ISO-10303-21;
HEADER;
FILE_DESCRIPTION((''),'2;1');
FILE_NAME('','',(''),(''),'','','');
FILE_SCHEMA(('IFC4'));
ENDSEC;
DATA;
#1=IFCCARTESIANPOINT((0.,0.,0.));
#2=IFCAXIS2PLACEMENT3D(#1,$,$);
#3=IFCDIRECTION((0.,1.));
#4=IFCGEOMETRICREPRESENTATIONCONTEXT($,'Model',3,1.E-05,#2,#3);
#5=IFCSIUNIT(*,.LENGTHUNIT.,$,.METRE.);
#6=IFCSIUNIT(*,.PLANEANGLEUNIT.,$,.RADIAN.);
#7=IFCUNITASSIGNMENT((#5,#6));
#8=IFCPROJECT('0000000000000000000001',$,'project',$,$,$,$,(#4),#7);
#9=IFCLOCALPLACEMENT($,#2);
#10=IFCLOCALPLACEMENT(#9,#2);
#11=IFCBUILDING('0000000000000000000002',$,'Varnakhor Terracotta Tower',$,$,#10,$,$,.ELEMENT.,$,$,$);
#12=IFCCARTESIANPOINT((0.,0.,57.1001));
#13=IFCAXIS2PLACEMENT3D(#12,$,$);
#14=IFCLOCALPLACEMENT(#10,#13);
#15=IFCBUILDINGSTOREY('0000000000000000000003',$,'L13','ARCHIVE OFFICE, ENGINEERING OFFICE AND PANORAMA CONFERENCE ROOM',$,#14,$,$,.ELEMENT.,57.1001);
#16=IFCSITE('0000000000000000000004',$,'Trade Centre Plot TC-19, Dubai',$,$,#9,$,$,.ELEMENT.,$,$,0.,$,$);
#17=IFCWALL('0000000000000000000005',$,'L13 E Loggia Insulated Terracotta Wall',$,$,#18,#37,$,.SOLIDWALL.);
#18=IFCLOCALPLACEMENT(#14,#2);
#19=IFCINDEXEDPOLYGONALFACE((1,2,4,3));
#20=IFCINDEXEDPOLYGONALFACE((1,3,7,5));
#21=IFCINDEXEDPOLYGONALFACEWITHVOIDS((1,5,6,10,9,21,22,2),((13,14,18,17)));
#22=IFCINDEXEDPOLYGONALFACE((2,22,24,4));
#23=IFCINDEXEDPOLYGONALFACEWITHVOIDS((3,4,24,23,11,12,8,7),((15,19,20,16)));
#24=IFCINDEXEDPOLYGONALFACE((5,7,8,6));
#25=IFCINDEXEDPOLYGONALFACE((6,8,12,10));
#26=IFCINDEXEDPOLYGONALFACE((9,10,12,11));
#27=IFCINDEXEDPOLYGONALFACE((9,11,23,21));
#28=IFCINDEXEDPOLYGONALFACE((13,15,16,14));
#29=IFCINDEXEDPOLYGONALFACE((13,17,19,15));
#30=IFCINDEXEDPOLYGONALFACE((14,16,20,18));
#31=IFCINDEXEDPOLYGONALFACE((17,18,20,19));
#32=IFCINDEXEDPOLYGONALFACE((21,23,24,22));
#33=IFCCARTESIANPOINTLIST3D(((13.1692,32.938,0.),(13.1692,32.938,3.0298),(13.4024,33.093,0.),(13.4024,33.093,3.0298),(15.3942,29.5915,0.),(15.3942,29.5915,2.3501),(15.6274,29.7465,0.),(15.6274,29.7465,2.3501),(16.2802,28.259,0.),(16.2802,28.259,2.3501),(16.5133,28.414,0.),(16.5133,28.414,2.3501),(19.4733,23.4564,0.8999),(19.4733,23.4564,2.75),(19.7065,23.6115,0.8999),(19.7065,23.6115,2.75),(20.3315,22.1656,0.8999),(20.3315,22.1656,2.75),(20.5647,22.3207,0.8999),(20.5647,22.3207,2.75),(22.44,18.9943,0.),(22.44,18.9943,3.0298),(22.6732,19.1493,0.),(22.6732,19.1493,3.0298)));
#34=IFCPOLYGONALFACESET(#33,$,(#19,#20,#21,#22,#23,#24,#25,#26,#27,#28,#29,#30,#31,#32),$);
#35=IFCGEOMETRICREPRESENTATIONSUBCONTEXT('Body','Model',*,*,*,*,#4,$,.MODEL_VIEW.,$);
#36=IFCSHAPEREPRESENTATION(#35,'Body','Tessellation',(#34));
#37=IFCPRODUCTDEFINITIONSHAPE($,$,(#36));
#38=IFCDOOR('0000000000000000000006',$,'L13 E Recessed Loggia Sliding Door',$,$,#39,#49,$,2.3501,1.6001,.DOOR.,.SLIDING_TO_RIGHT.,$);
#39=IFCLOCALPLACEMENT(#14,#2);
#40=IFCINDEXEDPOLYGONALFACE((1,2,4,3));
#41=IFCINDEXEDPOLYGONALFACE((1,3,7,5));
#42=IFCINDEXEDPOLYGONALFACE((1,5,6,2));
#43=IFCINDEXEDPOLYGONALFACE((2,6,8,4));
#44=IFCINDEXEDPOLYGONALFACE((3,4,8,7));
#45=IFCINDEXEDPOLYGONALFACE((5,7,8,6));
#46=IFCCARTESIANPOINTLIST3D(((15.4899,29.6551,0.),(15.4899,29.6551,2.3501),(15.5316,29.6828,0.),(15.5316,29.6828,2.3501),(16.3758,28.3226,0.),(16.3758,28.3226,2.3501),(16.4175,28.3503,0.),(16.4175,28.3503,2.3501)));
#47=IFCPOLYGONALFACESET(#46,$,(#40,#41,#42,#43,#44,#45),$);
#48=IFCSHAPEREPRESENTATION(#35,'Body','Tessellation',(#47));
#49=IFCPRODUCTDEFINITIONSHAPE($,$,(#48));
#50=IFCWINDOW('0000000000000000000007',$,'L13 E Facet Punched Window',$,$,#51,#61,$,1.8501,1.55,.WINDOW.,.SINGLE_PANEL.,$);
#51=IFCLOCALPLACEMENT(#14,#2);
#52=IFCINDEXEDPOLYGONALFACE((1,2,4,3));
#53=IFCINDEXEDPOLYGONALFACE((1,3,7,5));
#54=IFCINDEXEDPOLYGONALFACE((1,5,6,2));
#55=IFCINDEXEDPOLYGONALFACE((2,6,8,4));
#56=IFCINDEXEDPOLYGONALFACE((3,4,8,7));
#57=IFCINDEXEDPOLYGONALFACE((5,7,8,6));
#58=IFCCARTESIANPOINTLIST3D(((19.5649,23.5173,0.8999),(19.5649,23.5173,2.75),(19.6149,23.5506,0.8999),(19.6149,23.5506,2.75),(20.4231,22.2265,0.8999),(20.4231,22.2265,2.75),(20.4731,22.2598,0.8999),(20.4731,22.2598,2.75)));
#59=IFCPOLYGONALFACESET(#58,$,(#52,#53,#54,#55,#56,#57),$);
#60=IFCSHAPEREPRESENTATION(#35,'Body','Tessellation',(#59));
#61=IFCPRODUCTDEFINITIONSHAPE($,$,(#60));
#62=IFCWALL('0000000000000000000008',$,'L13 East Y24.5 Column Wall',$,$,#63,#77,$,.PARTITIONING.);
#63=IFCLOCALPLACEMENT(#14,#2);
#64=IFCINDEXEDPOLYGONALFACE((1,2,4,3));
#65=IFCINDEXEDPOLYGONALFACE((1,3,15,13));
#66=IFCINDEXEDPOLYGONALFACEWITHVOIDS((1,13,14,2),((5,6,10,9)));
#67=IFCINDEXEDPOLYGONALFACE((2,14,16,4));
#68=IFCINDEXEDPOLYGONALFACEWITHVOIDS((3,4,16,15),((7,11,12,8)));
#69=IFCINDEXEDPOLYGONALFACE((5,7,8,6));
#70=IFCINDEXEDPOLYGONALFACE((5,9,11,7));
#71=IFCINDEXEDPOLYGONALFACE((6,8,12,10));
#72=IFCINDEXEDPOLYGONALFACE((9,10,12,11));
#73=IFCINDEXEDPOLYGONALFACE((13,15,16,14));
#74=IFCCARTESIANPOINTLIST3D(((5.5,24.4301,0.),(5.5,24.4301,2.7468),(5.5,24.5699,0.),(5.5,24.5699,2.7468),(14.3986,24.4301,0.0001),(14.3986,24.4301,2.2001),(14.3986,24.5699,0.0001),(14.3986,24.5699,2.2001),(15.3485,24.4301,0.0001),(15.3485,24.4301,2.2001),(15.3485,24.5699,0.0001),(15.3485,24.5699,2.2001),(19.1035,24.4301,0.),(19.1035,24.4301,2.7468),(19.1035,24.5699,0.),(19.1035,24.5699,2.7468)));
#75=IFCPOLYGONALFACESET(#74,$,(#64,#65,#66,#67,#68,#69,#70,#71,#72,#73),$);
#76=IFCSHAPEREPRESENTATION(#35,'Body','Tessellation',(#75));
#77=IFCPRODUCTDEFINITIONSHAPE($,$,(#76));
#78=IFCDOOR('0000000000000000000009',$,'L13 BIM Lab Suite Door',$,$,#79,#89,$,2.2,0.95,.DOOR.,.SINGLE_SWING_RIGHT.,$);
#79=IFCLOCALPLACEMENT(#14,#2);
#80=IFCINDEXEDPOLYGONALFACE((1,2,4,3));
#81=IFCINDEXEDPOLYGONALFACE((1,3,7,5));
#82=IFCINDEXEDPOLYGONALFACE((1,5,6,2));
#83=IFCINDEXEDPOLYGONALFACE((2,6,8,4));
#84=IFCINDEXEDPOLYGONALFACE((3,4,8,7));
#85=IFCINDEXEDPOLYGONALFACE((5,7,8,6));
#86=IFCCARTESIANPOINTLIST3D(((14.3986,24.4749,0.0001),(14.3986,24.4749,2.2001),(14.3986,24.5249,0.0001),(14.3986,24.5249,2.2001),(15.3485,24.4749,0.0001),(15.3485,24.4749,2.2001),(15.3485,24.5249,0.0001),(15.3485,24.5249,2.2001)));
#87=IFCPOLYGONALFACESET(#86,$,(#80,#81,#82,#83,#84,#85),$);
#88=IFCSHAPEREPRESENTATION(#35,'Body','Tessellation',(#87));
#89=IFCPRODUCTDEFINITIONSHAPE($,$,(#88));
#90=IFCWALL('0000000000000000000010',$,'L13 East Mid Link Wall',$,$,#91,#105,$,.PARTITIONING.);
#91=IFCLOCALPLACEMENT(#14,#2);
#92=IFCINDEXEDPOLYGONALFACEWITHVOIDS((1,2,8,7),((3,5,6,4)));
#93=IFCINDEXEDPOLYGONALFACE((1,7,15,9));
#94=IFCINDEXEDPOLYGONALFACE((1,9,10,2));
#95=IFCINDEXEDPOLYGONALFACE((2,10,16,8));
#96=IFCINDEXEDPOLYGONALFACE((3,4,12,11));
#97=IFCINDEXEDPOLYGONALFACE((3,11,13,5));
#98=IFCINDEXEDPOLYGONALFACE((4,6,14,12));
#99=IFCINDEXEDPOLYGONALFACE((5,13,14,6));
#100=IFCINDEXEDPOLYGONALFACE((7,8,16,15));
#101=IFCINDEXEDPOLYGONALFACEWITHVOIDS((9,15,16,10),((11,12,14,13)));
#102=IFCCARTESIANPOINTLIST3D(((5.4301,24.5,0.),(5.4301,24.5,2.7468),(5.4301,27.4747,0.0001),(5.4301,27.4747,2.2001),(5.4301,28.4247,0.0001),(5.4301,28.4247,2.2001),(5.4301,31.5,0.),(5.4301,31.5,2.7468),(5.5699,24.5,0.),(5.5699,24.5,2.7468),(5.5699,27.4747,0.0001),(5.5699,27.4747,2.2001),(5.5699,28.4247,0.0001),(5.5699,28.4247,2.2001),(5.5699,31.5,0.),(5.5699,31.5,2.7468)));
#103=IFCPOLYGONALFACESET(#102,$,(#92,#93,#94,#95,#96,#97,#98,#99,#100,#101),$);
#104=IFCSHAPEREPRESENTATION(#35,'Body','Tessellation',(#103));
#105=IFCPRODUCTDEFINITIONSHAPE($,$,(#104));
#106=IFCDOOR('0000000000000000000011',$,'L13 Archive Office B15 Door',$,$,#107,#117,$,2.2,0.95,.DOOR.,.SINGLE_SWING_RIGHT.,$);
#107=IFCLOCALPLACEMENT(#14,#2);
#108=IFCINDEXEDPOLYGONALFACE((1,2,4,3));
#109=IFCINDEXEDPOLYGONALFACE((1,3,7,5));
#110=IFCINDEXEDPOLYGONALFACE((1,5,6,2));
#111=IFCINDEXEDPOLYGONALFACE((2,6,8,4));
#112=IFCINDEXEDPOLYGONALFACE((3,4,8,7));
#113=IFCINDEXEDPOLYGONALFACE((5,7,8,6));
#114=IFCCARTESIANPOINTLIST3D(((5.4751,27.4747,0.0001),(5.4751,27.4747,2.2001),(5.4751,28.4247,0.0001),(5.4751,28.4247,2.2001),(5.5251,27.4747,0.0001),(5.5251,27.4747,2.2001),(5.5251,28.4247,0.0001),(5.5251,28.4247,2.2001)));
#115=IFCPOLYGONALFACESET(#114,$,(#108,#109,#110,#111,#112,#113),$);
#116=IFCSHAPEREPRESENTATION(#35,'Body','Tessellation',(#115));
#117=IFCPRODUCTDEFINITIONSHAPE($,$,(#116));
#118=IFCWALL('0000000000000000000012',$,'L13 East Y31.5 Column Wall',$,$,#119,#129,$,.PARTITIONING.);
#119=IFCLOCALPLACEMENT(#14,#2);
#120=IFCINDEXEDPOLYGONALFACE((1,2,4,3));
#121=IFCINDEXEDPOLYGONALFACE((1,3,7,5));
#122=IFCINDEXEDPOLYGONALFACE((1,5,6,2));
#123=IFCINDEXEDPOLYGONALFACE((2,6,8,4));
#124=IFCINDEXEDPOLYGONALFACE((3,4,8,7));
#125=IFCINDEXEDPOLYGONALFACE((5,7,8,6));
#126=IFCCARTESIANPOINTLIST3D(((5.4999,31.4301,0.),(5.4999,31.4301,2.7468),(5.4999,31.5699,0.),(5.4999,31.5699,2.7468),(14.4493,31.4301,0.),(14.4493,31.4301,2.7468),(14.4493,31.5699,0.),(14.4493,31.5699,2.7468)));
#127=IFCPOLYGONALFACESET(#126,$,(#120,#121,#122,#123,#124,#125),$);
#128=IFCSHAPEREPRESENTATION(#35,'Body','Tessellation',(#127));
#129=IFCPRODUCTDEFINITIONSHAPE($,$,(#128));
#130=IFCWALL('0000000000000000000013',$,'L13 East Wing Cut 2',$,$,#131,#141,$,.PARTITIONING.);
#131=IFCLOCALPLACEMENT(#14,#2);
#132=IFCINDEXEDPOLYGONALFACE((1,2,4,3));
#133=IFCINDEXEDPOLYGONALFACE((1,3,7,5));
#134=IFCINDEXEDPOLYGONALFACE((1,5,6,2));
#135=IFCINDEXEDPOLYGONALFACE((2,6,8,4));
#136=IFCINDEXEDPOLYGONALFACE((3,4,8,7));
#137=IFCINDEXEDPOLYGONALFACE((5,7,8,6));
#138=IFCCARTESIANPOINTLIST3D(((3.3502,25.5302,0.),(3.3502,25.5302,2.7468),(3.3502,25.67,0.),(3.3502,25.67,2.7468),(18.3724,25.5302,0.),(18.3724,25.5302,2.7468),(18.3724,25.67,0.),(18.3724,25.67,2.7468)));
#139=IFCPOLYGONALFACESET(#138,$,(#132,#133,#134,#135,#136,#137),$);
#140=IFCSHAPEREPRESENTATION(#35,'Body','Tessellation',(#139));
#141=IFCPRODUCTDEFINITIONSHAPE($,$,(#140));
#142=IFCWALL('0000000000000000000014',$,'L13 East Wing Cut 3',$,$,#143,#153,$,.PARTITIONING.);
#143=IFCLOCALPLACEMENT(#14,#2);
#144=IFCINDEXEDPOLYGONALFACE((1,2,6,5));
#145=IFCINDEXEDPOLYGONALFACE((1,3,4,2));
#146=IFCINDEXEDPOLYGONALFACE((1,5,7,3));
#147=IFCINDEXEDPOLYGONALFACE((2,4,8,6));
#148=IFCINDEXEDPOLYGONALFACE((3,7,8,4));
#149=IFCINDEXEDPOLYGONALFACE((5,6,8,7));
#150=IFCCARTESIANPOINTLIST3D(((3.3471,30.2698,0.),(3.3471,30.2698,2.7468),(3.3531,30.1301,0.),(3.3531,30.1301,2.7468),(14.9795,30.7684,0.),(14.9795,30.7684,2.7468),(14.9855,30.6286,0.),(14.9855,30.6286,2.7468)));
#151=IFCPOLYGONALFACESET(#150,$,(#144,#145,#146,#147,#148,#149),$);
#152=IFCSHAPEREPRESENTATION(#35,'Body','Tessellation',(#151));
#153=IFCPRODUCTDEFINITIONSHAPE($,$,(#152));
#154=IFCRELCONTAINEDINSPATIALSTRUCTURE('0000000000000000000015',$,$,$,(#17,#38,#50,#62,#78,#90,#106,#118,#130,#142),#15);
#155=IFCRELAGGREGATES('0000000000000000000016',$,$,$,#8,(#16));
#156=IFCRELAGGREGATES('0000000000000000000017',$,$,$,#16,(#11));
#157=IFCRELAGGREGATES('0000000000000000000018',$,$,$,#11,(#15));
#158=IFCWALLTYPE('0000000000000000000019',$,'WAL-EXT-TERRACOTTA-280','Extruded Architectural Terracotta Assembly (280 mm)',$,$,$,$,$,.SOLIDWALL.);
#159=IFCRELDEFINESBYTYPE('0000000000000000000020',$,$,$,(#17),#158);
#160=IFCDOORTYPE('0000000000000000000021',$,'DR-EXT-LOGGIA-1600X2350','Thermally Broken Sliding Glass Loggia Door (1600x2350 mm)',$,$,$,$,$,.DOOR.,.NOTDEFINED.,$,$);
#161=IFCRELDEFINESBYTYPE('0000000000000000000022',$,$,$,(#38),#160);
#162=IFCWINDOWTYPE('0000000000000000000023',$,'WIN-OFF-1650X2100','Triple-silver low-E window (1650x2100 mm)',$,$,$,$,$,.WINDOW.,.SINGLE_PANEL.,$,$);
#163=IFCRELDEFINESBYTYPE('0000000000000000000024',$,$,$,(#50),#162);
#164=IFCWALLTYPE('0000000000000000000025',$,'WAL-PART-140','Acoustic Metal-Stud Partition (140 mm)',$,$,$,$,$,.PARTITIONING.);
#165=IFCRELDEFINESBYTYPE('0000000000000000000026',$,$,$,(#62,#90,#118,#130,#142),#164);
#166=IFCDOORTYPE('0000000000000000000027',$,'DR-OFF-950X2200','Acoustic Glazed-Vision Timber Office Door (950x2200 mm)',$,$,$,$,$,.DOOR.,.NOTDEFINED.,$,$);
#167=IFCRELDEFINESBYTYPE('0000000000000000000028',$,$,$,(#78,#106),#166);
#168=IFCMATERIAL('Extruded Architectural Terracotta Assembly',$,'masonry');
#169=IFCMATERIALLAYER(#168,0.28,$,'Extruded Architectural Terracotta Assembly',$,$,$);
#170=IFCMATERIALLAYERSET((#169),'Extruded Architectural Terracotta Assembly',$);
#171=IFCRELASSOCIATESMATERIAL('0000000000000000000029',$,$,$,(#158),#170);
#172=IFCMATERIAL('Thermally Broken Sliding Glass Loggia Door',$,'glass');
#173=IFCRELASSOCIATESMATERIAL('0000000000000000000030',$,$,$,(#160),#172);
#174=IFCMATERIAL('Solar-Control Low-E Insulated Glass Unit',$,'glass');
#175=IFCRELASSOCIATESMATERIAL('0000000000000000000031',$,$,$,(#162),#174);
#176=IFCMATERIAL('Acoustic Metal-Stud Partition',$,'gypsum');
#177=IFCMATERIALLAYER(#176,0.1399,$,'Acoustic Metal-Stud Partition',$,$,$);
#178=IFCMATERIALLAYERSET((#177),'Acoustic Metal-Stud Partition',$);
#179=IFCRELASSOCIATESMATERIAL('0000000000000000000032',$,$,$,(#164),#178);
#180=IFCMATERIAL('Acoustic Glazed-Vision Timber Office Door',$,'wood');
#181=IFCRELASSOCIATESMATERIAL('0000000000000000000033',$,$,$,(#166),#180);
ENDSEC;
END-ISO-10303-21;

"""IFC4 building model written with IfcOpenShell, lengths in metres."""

from ifc_helpers import new_model, si_unit, direction, frame, frame_2d, origin, place, context, subcontext, project, spatial, rectangle, extrude, source, transform, mapped, material, layer, layer_set, type_object, type_shapes, element, fill, save


model = new_model("IFC4")

# Units and contexts
model_context = context("Model", 3, precision=1e-05, world=origin(), true_north=direction((0.0, 1.0)))
body_context = subcontext(model_context, "Body", "Model", "MODEL_VIEW")
ifc_project = project(units=[si_unit("LENGTHUNIT", "METRE"), si_unit("PLANEANGLEUNIT", "RADIAN")], contexts=[model_context])

# Site, building, storey
site_placement = place(None, origin())
site = spatial("IfcSite", under=ifc_project, at=site_placement, Name="Trade Centre Plot TC-19, Dubai", CompositionType="ELEMENT", RefElevation=0.0)
building_placement = place(site_placement, origin())
building = spatial("IfcBuilding", under=site, at=building_placement, Name="Varnakhor Terracotta Tower", CompositionType="ELEMENT")
storey_placement = place(building_placement, frame((0.0, 0.0, 57.1001)))
storey = spatial("IfcBuildingStorey", under=building, at=storey_placement, Name="L13", Description="ARCHIVE OFFICE, ENGINEERING OFFICE AND PANORAMA CONFERENCE ROOM", CompositionType="ELEMENT", Elevation=57.1001)

# Wall, openings, door, window
ifc_material_1 = material(Name="Extruded Architectural Terracotta Assembly", Category="masonry")
ifc_layer_1 = layer(ifc_material_1, 0.28, Name="Extruded Architectural Terracotta Assembly")
ifc_layer_set_1 = layer_set([ifc_layer_1], Name="Extruded Architectural Terracotta Assembly")
wall_type_1 = type_object("IfcWallType", Name="WAL-EXT-TERRACOTTA-280", Description="Extruded Architectural Terracotta Assembly (280 mm)", PredefinedType="SOLIDWALL", material=ifc_layer_set_1)
wall_1_placement = place(storey_placement, frame((13.2859, 33.0154, 0.0), z_axis=(0.0, 0.0, 1.0), x_axis=(0.553667, -0.832738, 0.0)))
wall_1 = element("IfcWall", 1, at=wall_1_placement, inside=storey, type_object=wall_type_1, Name="L13 E Loggia Insulated Terracotta Wall", PredefinedType="SOLIDWALL", context=body_context, shape_type="SweptSolid", body=[
    extrude(rectangle(XDim=16.7444, YDim=0.28, at=frame_2d((8.3721, 0.0))), origin(), (0.0, 0.0, 1.0), 3.0298),
])
opening_1_placement = place(wall_1_placement, frame((4.0186, 0.0, 0.0)))
opening_1 = element("IfcOpeningElement", 2, at=opening_1_placement, cuts=wall_1, PredefinedType="OPENING", context=body_context, shape_type="SweptSolid", body=[
    extrude(rectangle(XDim=1.6001, YDim=2.3501, at=frame_2d((0.8, 1.175))), frame((0.0, 0.1499, 0.0), z_axis=(0.0, -1.0, 0.0), x_axis=(1.0, 0.0, 0.0)), (0.0, 0.0, 1.0), 0.3),
])
opening_2_placement = place(wall_1_placement, frame((11.386, 0.0, 0.8999)))
opening_2 = element("IfcOpeningElement", 3, at=opening_2_placement, cuts=wall_1, PredefinedType="OPENING", context=body_context, shape_type="SweptSolid", body=[
    extrude(rectangle(XDim=1.55, YDim=1.8501, at=frame_2d((0.7749, 0.925))), frame((0.0, 0.1499, 0.0), z_axis=(0.0, -1.0, 0.0), x_axis=(1.0, 0.0, 0.0)), (0.0, 0.0, 1.0), 0.3),
])
ifc_material_2 = material(Name="Thermally Broken Sliding Glass Loggia Door", Category="glass")
door_type_1 = type_object("IfcDoorType", Name="DR-EXT-LOGGIA-1600X2350", Description="Thermally Broken Sliding Glass Loggia Door (1600x2350 mm)", OperationType="NOTDEFINED", PredefinedType="DOOR", material=ifc_material_2)
shared_shape_1 = source(origin(), body_context, "Body", "SweptSolid", [
    extrude(rectangle(XDim=1.6001, YDim=2.3501, at=frame_2d((0.8, 1.175))), frame((0.0, 0.0249, 0.0), z_axis=(0.0, -1.0, 0.0), x_axis=(1.0, 0.0, 0.0)), (0.0, 0.0, 1.0), 0.05),
])
type_shapes(door_type_1, [shared_shape_1])
door_1_placement = place(opening_1_placement, origin())
door_1 = element("IfcDoor", 4, at=door_1_placement, inside=storey, type_object=door_type_1, Name="L13 E Recessed Loggia Sliding Door", OperationType="SLIDING_TO_RIGHT", OverallHeight=2.3501, OverallWidth=1.6001, PredefinedType="DOOR", context=body_context, shape_type="MappedRepresentation", body=[
    mapped(shared_shape_1, transform((0.0, 0.0, 0.0), scale=1.0)),
])
fill(opening_1, door_1)
ifc_material_3 = material(Name="Solar-Control Low-E Insulated Glass Unit", Category="glass")
window_type = type_object("IfcWindowType", Name="WIN-OFF-1650X2100", Description="Triple-silver low-E window (1650x2100 mm)", PartitioningType="SINGLE_PANEL", PredefinedType="WINDOW", material=ifc_material_3)
shared_shape_2 = source(origin(), body_context, "Body", "SweptSolid", [
    extrude(rectangle(XDim=1.55, YDim=1.8501, at=frame_2d((0.7749, 0.925))), frame((0.0, 0.03, 0.0), z_axis=(0.0, -1.0, 0.0), x_axis=(1.0, 0.0, 0.0)), (0.0, 0.0, 1.0), 0.0601),
])
type_shapes(window_type, [shared_shape_2])
window_placement = place(opening_2_placement, origin())
window = element("IfcWindow", 5, at=window_placement, inside=storey, type_object=window_type, Name="L13 E Facet Punched Window", OverallHeight=1.8501, OverallWidth=1.55, PartitioningType="SINGLE_PANEL", PredefinedType="WINDOW", context=body_context, shape_type="MappedRepresentation", body=[
    mapped(shared_shape_2, transform((0.0, 0.0, 0.0), scale=1.0)),
])
fill(opening_2, window)

# Walls, openings, doors
ifc_material_4 = material(Name="Acoustic Metal-Stud Partition", Category="gypsum")
ifc_layer_2 = layer(ifc_material_4, 0.1399, Name="Acoustic Metal-Stud Partition")
ifc_layer_set_2 = layer_set([ifc_layer_2], Name="Acoustic Metal-Stud Partition")
wall_type_2 = type_object("IfcWallType", Name="WAL-PART-140", Description="Acoustic Metal-Stud Partition (140 mm)", PredefinedType="PARTITIONING", material=ifc_layer_set_2)
wall_2_placement = place(storey_placement, frame((5.5, 24.5, 0.0), z_axis=(0.0, 0.0, 1.0), x_axis=(1.0, 0.0, 0.0)))
wall_2 = element("IfcWall", 6, at=wall_2_placement, inside=storey, type_object=wall_type_2, Name="L13 East Y24.5 Column Wall", PredefinedType="PARTITIONING", context=body_context, shape_type="SweptSolid", body=[
    extrude(rectangle(XDim=13.6035, YDim=0.1399, at=frame_2d((6.8018, 0.0))), origin(), (0.0, 0.0, 1.0), 2.7468),
])
opening_3_placement = place(wall_2_placement, frame((8.8984, 0.0, 0.0)))
opening_3 = element("IfcOpeningElement", 7, at=opening_3_placement, cuts=wall_2, PredefinedType="OPENING", context=body_context, shape_type="SweptSolid", body=[
    extrude(rectangle(XDim=0.95, YDim=2.2, at=frame_2d((0.4751, 1.1001))), frame((0.0, 0.0801, 0.0), z_axis=(0.0, -1.0, 0.0), x_axis=(1.0, 0.0, 0.0)), (0.0, 0.0, 1.0), 0.1599),
])
ifc_material_5 = material(Name="Acoustic Glazed-Vision Timber Office Door", Category="wood")
door_type_2 = type_object("IfcDoorType", Name="DR-OFF-950X2200", Description="Acoustic Glazed-Vision Timber Office Door (950x2200 mm)", OperationType="NOTDEFINED", PredefinedType="DOOR", material=ifc_material_5)
shared_shape_3 = source(origin(), body_context, "Body", "SweptSolid", [
    extrude(rectangle(XDim=0.95, YDim=2.2, at=frame_2d((0.4751, 1.1001))), frame((0.0, 0.0249, 0.0), z_axis=(0.0, -1.0, 0.0), x_axis=(1.0, 0.0, 0.0)), (0.0, 0.0, 1.0), 0.05),
])
type_shapes(door_type_2, [shared_shape_3])
door_2_placement = place(opening_3_placement, origin())
door_2 = element("IfcDoor", 8, at=door_2_placement, inside=storey, type_object=door_type_2, Name="L13 BIM Lab Suite Door", OperationType="SINGLE_SWING_RIGHT", OverallHeight=2.2, OverallWidth=0.95, PredefinedType="DOOR", context=body_context, shape_type="MappedRepresentation", body=[
    mapped(shared_shape_3, transform((0.0, 0.0, 0.0), scale=1.0)),
])
fill(opening_3, door_2)
wall_3_placement = place(storey_placement, frame((5.5, 24.5, 0.0), z_axis=(0.0, 0.0, 1.0), x_axis=(0.0, 1.0, 0.0)))
wall_3 = element("IfcWall", 9, at=wall_3_placement, inside=storey, type_object=wall_type_2, Name="L13 East Mid Link Wall", PredefinedType="PARTITIONING", context=body_context, shape_type="SweptSolid", body=[
    extrude(rectangle(XDim=7.0, YDim=0.1399, at=frame_2d((3.5, 0.0))), origin(), (0.0, 0.0, 1.0), 2.7468),
])
opening_4_placement = place(wall_3_placement, frame((2.9746, 0.0, 0.0)))
opening_4 = element("IfcOpeningElement", 10, at=opening_4_placement, cuts=wall_3, PredefinedType="OPENING", context=body_context, shape_type="SweptSolid", body=[
    extrude(rectangle(XDim=0.95, YDim=2.2, at=frame_2d((0.4751, 1.1001))), frame((0.0, 0.0801, 0.0), z_axis=(0.0, -1.0, 0.0), x_axis=(1.0, 0.0, 0.0)), (0.0, 0.0, 1.0), 0.1599),
])
door_3_placement = place(opening_4_placement, origin())
door_3 = element("IfcDoor", 11, at=door_3_placement, inside=storey, type_object=door_type_2, Name="L13 Archive Office B15 Door", OperationType="SINGLE_SWING_RIGHT", OverallHeight=2.2, OverallWidth=0.95, PredefinedType="DOOR", context=body_context, shape_type="MappedRepresentation", body=[
    mapped(shared_shape_3, transform((0.0, 0.0, 0.0), scale=1.0)),
])
fill(opening_4, door_3)

# Walls
wall_4_placement = place(storey_placement, frame((5.5, 31.5, 0.0), z_axis=(0.0, 0.0, 1.0), x_axis=(1.0, 0.0, 0.0)))
element("IfcWall", 12, at=wall_4_placement, inside=storey, type_object=wall_type_2, Name="L13 East Y31.5 Column Wall", PredefinedType="PARTITIONING", context=body_context, shape_type="SweptSolid", body=[
    extrude(rectangle(XDim=8.9495, YDim=0.1399, at=frame_2d((4.4746, 0.0))), origin(), (0.0, 0.0, 1.0), 2.7468),
])
wall_5_placement = place(storey_placement, frame((3.3501, 25.6001, 0.0), z_axis=(0.0, 0.0, 1.0), x_axis=(1.0, 0.0, 0.0)))
element("IfcWall", 13, at=wall_5_placement, inside=storey, type_object=wall_type_2, Name="L13 East Wing Cut 2", PredefinedType="PARTITIONING", context=body_context, shape_type="SweptSolid", body=[
    extrude(rectangle(XDim=15.0222, YDim=0.1399, at=frame_2d((7.5112, 0.0))), origin(), (0.0, 0.0, 1.0), 2.7468),
])
wall_6_placement = place(storey_placement, frame((3.3501, 30.2, 0.0), z_axis=(0.0, 0.0, 1.0), x_axis=(0.999083, 0.042818, 0.0)))
element("IfcWall", 14, at=wall_6_placement, inside=storey, type_object=wall_type_2, Name="L13 East Wing Cut 3", PredefinedType="PARTITIONING", context=body_context, shape_type="SweptSolid", body=[
    extrude(rectangle(XDim=11.6431, YDim=0.1399, at=frame_2d((5.8215, 0.0))), origin(), (0.0, 0.0, 1.0), 2.7468),
])

save(model, "model.ifc")
